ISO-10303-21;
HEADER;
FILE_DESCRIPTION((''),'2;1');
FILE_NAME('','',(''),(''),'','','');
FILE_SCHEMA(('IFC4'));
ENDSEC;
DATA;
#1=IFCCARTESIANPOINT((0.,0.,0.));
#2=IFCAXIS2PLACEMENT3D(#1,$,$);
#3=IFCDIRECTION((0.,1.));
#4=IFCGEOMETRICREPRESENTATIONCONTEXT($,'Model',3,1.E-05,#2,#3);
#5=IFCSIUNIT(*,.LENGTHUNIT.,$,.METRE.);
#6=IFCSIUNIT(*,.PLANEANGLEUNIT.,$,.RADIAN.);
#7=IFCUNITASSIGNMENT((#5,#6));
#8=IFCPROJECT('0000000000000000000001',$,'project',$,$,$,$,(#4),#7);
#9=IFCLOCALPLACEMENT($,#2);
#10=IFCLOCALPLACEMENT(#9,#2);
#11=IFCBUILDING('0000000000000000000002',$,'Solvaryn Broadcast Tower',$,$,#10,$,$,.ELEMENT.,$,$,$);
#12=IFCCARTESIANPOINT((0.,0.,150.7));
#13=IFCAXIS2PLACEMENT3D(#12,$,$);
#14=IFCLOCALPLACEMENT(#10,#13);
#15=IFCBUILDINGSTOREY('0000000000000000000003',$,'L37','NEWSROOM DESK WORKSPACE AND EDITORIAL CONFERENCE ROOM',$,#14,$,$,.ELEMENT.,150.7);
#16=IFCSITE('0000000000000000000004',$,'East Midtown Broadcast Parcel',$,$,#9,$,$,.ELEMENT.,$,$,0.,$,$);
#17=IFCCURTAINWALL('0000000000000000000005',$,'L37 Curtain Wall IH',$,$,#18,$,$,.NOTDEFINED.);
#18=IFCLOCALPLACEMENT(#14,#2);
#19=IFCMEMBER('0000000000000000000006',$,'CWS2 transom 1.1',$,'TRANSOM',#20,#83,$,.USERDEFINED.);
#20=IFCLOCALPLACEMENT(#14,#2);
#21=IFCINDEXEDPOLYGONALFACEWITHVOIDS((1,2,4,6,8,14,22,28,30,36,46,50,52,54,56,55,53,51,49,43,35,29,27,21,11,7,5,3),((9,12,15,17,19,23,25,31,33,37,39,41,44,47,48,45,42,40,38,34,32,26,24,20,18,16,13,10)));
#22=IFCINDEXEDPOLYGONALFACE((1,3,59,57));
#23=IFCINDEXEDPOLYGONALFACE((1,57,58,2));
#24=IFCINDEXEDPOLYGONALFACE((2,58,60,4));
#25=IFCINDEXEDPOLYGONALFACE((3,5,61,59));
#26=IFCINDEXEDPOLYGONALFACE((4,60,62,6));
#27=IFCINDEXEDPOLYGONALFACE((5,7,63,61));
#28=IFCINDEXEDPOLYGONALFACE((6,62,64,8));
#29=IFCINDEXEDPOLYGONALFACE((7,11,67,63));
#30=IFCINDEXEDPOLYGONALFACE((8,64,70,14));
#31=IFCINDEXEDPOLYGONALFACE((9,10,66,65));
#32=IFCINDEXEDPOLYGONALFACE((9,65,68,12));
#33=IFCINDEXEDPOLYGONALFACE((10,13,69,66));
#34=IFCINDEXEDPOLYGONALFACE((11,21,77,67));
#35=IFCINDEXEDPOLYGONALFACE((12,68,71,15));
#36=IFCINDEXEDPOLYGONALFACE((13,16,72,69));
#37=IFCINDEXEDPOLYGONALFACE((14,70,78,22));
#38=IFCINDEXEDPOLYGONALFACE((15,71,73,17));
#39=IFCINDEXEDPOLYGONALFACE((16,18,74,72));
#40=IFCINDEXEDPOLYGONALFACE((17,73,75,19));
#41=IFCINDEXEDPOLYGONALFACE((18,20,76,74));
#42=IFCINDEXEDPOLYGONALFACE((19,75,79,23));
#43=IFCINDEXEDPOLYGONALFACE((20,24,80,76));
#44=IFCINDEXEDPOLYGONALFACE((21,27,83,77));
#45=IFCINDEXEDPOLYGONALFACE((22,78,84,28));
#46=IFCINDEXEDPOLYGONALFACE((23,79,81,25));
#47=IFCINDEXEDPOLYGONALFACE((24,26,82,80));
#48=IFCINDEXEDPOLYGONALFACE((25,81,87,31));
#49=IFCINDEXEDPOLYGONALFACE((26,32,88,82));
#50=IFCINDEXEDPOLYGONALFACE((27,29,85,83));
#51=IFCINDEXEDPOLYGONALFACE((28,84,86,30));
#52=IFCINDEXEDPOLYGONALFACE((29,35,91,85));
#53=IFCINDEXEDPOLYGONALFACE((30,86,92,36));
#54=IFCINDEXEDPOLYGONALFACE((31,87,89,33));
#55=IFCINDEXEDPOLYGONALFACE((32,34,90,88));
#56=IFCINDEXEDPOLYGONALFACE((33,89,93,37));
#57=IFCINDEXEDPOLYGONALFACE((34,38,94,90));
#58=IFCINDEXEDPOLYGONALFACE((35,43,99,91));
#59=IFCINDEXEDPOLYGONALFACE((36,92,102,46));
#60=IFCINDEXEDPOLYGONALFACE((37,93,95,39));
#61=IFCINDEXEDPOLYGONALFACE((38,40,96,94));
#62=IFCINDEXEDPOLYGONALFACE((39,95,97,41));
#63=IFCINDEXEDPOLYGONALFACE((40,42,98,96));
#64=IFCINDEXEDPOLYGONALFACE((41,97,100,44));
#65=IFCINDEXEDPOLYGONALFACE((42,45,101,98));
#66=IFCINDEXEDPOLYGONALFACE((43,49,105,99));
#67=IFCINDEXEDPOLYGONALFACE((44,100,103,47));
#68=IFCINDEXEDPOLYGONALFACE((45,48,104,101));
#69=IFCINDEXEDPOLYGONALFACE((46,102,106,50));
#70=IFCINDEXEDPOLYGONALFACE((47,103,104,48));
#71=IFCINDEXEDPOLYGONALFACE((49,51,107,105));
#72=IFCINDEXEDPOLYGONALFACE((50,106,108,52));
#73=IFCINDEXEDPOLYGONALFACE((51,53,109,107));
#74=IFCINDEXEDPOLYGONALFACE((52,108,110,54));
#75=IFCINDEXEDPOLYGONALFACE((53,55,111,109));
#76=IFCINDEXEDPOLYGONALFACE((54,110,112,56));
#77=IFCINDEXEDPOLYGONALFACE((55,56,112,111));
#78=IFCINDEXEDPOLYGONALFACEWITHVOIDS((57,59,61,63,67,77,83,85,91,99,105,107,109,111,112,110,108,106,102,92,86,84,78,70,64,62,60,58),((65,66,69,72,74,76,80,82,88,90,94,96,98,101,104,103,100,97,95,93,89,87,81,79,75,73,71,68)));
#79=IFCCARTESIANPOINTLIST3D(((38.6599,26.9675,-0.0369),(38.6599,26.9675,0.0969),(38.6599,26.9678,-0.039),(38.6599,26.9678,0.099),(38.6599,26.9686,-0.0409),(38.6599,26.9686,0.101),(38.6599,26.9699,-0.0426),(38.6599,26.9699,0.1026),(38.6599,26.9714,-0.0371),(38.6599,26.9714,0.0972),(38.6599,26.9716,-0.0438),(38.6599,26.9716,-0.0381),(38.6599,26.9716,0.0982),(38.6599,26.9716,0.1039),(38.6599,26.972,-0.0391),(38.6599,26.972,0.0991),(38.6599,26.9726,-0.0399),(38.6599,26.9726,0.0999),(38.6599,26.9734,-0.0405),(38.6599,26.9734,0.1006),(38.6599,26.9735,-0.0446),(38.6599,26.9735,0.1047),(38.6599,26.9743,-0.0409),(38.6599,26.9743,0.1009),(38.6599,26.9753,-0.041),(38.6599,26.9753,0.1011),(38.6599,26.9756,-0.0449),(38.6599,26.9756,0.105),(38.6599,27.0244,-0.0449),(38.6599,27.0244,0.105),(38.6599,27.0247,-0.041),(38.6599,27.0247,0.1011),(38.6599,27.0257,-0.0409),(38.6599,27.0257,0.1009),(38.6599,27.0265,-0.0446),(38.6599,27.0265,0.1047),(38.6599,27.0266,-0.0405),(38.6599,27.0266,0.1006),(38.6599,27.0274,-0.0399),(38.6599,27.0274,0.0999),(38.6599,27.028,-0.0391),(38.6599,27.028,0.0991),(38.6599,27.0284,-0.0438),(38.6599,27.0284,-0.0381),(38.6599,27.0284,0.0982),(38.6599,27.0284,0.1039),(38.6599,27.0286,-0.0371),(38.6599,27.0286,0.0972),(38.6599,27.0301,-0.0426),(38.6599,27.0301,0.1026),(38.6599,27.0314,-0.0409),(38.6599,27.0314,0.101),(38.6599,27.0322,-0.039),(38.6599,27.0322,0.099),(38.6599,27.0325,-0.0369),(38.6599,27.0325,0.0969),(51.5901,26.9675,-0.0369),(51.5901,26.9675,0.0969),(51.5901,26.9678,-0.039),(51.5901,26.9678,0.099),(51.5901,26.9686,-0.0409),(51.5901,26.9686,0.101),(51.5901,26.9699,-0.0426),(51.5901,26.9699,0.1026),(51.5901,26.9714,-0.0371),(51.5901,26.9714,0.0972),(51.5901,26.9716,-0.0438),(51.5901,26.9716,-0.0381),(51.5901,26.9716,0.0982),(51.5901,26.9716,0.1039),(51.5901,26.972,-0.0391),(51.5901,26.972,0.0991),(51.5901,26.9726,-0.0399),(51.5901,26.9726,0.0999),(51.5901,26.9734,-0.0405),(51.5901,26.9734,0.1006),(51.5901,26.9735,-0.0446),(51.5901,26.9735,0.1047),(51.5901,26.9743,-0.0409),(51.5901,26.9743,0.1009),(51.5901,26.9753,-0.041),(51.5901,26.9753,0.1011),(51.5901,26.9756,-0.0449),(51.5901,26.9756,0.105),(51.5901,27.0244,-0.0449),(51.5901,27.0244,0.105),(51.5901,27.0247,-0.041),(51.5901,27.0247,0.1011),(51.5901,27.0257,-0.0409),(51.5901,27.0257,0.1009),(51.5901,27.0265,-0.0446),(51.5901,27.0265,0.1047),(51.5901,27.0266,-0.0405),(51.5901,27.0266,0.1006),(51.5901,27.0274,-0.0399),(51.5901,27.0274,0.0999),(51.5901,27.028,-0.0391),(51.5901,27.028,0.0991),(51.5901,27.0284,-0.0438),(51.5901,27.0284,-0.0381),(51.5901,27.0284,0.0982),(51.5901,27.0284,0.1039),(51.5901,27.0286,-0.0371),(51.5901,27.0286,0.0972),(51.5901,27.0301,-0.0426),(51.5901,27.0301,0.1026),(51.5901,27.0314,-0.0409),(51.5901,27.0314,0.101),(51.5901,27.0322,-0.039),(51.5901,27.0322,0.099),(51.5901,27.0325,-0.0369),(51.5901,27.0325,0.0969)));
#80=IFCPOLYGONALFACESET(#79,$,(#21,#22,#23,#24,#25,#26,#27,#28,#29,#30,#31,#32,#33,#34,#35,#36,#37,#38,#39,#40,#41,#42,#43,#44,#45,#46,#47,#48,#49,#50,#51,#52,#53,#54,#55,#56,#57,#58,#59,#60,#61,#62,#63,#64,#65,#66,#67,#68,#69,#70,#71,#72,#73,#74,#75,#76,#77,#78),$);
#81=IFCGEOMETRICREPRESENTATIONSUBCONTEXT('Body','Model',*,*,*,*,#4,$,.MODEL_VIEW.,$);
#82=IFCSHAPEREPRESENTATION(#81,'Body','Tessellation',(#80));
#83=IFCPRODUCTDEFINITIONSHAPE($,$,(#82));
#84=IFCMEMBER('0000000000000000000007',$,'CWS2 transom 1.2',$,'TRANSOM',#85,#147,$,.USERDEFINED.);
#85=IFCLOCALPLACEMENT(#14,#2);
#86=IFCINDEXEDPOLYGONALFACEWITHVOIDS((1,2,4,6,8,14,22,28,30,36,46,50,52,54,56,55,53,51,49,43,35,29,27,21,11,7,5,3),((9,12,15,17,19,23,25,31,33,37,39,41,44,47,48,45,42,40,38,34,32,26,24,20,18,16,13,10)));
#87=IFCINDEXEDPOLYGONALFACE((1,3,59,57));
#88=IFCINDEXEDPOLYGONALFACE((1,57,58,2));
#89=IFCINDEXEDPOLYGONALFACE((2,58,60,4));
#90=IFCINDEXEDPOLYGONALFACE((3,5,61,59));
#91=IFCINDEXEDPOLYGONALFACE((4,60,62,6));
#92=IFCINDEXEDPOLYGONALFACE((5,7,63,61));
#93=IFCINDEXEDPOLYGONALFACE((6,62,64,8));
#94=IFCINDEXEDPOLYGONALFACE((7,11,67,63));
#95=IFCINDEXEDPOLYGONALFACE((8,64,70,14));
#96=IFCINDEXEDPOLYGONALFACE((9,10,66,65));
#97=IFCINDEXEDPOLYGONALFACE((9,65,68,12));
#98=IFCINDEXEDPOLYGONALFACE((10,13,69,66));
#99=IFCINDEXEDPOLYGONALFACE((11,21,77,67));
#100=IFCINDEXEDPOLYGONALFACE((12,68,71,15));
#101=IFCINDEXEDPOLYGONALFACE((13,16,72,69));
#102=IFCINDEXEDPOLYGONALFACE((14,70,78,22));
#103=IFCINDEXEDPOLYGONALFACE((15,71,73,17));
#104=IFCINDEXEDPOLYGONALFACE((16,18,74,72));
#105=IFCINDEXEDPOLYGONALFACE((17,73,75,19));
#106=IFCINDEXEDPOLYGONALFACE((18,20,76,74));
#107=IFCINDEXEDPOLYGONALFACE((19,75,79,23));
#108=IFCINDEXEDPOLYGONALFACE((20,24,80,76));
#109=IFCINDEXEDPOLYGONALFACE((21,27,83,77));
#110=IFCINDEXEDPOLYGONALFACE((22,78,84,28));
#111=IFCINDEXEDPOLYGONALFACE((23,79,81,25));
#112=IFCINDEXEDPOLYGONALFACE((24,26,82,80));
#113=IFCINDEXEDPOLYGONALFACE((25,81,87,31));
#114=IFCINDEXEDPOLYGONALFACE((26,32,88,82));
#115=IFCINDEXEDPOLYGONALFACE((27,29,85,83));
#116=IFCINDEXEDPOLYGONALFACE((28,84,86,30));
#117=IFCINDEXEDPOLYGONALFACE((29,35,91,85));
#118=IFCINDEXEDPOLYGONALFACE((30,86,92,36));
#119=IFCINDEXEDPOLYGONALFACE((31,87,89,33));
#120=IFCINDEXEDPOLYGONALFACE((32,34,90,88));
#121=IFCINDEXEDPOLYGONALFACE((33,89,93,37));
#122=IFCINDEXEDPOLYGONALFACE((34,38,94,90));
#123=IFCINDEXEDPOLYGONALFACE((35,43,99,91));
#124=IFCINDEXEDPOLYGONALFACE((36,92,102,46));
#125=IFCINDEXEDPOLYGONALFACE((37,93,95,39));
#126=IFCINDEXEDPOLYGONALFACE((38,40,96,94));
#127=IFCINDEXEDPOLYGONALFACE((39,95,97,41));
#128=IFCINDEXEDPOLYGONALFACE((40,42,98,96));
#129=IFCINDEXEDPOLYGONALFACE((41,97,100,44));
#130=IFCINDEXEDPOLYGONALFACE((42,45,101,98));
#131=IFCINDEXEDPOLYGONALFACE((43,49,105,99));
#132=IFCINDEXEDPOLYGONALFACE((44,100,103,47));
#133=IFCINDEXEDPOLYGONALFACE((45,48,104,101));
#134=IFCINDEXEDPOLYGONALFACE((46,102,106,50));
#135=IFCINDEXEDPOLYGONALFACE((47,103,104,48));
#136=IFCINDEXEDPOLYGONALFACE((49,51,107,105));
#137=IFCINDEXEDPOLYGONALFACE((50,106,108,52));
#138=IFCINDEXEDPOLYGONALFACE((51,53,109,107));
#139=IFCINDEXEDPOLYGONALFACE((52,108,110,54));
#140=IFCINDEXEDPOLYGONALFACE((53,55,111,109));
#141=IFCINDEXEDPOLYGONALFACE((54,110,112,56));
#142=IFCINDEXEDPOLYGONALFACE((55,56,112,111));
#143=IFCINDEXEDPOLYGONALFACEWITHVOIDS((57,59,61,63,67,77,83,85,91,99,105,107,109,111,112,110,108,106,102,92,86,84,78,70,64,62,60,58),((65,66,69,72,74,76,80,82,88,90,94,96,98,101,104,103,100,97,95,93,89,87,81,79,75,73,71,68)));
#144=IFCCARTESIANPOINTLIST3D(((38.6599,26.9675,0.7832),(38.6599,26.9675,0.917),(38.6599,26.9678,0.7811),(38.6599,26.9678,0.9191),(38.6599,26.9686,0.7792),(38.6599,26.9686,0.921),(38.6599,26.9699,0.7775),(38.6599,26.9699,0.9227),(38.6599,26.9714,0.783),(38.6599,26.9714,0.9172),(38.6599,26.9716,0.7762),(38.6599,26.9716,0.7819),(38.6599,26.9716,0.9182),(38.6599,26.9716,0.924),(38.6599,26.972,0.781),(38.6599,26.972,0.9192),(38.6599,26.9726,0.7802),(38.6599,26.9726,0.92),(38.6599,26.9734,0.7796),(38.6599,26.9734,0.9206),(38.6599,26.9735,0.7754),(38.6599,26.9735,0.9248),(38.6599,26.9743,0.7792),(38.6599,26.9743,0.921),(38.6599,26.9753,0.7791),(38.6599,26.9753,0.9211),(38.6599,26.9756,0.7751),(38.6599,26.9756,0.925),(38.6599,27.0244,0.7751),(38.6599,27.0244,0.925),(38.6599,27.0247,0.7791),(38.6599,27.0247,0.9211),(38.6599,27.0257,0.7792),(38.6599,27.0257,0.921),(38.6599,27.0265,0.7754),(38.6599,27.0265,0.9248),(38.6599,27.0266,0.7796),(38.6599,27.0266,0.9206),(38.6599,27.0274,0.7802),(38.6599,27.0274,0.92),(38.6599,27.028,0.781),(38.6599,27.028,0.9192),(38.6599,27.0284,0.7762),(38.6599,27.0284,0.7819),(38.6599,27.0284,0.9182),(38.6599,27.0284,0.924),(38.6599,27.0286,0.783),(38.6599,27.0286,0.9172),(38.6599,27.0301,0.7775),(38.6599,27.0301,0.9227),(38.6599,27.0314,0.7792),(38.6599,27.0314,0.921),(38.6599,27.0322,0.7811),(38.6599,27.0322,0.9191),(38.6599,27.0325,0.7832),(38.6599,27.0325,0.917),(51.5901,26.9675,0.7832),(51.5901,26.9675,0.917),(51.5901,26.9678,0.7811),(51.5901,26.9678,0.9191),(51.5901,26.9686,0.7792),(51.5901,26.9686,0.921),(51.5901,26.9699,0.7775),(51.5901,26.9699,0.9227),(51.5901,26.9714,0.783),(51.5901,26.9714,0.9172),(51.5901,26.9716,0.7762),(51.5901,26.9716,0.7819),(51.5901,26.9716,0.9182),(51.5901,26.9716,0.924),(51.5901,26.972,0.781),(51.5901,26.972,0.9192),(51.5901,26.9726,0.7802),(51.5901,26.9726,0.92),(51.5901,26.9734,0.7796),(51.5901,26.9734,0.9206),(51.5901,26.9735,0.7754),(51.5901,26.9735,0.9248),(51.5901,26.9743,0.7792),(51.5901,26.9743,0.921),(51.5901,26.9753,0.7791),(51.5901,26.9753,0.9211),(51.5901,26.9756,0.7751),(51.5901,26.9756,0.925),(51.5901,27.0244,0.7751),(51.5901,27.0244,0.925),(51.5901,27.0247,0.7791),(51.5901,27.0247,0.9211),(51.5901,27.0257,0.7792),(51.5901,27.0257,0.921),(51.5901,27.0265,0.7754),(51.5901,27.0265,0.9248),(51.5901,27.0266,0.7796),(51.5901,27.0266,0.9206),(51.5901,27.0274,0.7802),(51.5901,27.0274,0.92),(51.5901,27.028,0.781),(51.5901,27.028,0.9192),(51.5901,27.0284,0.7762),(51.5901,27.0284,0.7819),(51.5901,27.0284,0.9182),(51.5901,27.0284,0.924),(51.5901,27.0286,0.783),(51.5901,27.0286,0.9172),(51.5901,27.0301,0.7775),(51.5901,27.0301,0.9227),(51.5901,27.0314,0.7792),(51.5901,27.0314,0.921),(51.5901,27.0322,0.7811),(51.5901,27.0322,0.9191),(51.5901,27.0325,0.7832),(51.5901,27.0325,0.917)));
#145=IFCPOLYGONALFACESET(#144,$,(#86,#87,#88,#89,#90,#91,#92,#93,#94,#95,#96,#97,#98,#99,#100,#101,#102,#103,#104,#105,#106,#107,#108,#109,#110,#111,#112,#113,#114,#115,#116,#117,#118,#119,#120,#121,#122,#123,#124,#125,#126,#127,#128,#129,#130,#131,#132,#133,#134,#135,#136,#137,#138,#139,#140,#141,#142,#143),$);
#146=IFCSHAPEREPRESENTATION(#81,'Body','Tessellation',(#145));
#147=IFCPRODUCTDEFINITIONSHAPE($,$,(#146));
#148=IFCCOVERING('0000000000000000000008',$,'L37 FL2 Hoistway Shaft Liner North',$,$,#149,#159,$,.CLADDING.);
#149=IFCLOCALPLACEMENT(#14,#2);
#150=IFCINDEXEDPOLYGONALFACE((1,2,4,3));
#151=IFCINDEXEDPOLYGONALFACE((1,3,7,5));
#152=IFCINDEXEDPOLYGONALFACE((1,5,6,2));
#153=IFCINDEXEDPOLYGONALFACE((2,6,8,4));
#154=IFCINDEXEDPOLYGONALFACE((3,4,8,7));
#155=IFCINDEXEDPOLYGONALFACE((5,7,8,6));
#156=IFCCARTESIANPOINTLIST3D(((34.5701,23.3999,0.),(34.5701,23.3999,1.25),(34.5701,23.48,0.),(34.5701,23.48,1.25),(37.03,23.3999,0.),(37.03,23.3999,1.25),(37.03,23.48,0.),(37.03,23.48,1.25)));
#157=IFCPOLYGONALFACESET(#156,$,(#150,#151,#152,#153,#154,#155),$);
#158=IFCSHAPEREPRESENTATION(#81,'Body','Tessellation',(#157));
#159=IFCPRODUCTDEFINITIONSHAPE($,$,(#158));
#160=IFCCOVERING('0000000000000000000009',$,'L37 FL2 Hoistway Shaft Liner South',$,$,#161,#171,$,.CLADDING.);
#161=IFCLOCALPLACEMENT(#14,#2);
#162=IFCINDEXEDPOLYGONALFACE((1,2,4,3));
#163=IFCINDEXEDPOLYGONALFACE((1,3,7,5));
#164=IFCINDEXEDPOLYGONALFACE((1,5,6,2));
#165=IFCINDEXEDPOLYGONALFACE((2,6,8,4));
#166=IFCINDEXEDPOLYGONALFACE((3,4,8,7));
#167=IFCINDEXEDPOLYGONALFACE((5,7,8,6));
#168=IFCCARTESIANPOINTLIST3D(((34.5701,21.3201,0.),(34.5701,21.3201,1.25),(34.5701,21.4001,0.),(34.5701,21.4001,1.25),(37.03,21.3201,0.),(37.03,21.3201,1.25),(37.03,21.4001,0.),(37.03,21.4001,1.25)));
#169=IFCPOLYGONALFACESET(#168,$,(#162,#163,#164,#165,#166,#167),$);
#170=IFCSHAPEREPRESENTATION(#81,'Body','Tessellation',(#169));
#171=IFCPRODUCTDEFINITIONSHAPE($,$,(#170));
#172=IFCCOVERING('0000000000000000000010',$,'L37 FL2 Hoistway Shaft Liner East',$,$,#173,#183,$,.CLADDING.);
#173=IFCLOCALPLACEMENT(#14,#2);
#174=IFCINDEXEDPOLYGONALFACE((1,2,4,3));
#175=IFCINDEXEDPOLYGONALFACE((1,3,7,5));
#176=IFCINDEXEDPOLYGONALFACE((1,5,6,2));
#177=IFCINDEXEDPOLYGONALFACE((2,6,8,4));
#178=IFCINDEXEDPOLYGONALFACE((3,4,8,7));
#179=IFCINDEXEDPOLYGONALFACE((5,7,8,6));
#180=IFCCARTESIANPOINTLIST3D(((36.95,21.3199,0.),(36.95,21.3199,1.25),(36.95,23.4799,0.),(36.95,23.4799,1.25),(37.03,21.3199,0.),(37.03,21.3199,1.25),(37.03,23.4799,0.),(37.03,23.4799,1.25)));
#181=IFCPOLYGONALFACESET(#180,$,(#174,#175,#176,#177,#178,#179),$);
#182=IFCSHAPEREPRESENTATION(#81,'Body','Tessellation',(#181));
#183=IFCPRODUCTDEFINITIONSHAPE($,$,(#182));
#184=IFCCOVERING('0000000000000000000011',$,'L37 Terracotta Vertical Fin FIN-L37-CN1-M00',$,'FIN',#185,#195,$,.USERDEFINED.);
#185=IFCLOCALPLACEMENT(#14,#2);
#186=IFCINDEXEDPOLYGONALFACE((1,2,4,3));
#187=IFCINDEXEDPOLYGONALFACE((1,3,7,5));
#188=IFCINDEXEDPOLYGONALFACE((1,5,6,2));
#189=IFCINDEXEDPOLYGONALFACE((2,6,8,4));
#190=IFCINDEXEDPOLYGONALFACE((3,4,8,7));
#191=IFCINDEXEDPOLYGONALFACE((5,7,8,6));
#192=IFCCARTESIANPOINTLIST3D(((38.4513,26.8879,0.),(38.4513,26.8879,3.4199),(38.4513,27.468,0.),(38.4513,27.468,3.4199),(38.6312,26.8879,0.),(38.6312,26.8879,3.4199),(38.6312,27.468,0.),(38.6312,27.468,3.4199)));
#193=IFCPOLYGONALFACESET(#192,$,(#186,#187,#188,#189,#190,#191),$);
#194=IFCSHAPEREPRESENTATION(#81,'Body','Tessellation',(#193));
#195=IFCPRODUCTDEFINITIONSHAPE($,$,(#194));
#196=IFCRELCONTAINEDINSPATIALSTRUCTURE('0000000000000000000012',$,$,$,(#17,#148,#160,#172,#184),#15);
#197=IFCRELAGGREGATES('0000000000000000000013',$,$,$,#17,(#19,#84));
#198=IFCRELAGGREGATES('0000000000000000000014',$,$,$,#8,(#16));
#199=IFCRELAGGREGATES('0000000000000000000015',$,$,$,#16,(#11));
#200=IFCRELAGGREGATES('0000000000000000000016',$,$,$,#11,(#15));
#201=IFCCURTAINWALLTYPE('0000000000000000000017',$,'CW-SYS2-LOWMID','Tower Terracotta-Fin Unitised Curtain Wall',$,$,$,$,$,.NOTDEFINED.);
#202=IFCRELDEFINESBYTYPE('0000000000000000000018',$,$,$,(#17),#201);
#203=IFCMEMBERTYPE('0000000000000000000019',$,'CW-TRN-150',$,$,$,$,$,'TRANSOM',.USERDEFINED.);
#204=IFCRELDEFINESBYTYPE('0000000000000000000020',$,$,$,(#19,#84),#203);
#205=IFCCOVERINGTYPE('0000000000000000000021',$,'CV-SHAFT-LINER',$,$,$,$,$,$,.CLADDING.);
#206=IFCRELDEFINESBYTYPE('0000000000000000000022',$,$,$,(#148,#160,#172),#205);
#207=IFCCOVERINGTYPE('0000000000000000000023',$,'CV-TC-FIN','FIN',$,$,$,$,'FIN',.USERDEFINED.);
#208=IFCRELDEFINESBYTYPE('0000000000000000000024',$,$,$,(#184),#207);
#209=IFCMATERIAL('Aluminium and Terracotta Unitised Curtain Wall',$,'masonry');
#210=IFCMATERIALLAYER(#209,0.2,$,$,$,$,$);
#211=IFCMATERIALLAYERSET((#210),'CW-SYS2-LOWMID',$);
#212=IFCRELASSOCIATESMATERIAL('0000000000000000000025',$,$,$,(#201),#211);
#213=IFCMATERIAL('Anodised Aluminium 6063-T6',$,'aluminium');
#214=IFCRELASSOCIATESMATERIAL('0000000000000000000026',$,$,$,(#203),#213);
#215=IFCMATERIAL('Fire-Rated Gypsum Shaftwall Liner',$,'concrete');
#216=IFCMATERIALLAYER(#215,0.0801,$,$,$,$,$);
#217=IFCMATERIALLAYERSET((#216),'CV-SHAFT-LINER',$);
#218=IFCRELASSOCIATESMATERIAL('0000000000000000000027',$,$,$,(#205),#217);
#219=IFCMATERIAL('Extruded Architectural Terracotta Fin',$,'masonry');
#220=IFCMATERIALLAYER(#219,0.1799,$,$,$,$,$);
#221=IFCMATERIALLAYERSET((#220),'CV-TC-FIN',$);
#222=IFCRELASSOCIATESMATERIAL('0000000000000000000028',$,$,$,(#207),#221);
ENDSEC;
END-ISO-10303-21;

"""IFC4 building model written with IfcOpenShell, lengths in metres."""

from ifc_helpers import new_model, si_unit, direction, frame, origin, origin_2d, place, context, subcontext, project, spatial, rectangle, hollow_rectangle, extrude, material, layer, layer_set, material_profile, profile_set, type_object, element, aggregate, save


model = new_model("IFC4")

# Units and contexts
model_context = context("Model", 3, precision=1e-05, world=origin(), true_north=direction((0.0, 1.0)))
body_context = subcontext(model_context, "Body", "Model", "MODEL_VIEW")
ifc_project = project(units=[si_unit("LENGTHUNIT", "METRE"), si_unit("PLANEANGLEUNIT", "RADIAN")], contexts=[model_context])

# Site, building, storey
site_placement = place(None, origin())
site = spatial("IfcSite", under=ifc_project, at=site_placement, Name="East Midtown Broadcast Parcel", CompositionType="ELEMENT", RefElevation=0.0)
building_placement = place(site_placement, origin())
building = spatial("IfcBuilding", under=site, at=building_placement, Name="Solvaryn Broadcast Tower", CompositionType="ELEMENT")
storey_placement = place(building_placement, frame((0.0, 0.0, 150.7)))
storey = spatial("IfcBuildingStorey", under=building, at=storey_placement, Name="L37", Description="NEWSROOM DESK WORKSPACE AND EDITORIAL CONFERENCE ROOM", CompositionType="ELEMENT", Elevation=150.7)

# Curtain wall
ifc_material_1 = material(Name="Aluminium and Terracotta Unitised Curtain Wall", Category="masonry")
ifc_layer_1 = layer(ifc_material_1, 0.2)
ifc_layer_set_1 = layer_set([ifc_layer_1], Name="CW-SYS2-LOWMID")
curtain_wall_type = type_object("IfcCurtainWallType", Name="CW-SYS2-LOWMID", Description="Tower Terracotta-Fin Unitised Curtain Wall", PredefinedType="NOTDEFINED", material=ifc_layer_set_1)
curtain_wall_1_placement = place(storey_placement, origin())
curtain_wall_1 = element("IfcCurtainWall", 1, at=curtain_wall_1_placement, inside=storey, type_object=curtain_wall_type, Name="L37 Curtain Wall IH", PredefinedType="NOTDEFINED")

# Members
ifc_material_2 = material(Name="Anodised Aluminium 6063-T6", Category="aluminium")
ifc_material_profile_1 = material_profile(ifc_material_2, hollow_rectangle(XDim=0.0649, YDim=0.1499, WallThickness=0.0039, InnerFilletRadius=0.0039, OuterFilletRadius=0.0081, at=origin_2d()))
ifc_profile_set_1 = profile_set([ifc_material_profile_1], Name="Anodised Aluminium 6063-T6")
member_type_1 = type_object("IfcMemberType", Name="CW-TRN-150", ElementType="TRANSOM", PredefinedType="USERDEFINED", material=ifc_profile_set_1)
member_1_placement = place(storey_placement, frame((38.6599, 27.0, 0.03), z_axis=(1.0, 0.0, 0.0), x_axis=(0.0, 1.0, 0.0)))
member_1 = element("IfcMember", 2, at=member_1_placement, type_object=member_type_1, Name="CWS2 transom 1.1", ObjectType="TRANSOM", PredefinedType="USERDEFINED", context=body_context, shape_type="SweptSolid", body=[
    extrude(hollow_rectangle(XDim=0.0649, YDim=0.1499, WallThickness=0.0039, InnerFilletRadius=0.0039, OuterFilletRadius=0.0081, at=origin_2d()), origin(), (0.0, 0.0, 1.0), 12.9302),
])
member_2_placement = place(storey_placement, frame((38.6599, 27.0, 0.8501), z_axis=(1.0, 0.0, 0.0), x_axis=(0.0, 1.0, 0.0)))
member_2 = element("IfcMember", 3, at=member_2_placement, type_object=member_type_1, Name="CWS2 transom 1.2", ObjectType="TRANSOM", PredefinedType="USERDEFINED", context=body_context, shape_type="SweptSolid", body=[
    extrude(hollow_rectangle(XDim=0.0649, YDim=0.1499, WallThickness=0.0039, InnerFilletRadius=0.0039, OuterFilletRadius=0.0081, at=origin_2d()), origin(), (0.0, 0.0, 1.0), 12.9302),
])
aggregate(curtain_wall_1, [member_1, member_2])

# Coverings
ifc_material_3 = material(Name="Fire-Rated Gypsum Shaftwall Liner", Category="concrete")
ifc_layer_2 = layer(ifc_material_3, 0.0801)
ifc_layer_set_2 = layer_set([ifc_layer_2], Name="CV-SHAFT-LINER")
covering_type_1 = type_object("IfcCoveringType", Name="CV-SHAFT-LINER", PredefinedType="CLADDING", material=ifc_layer_set_2)
for number, where, z_axis, x_axis, name in (
    (4, (35.8, 23.4399, 0.0), (0.0, 0.0, 1.0), (1.0, 0.0, 0.0), "L37 FL2 Hoistway Shaft Liner North"),
    (5, (35.8, 21.3601, 0.0), (0.0, 0.0, 1.0), (1.0, 0.0, 0.0), "L37 FL2 Hoistway Shaft Liner South"),
):
    element("IfcCovering", number, at=place(storey_placement, frame(where, z_axis=z_axis, x_axis=x_axis)), inside=storey, type_object=covering_type_1, Name=name, PredefinedType="CLADDING", context=body_context, shape_type="SweptSolid", body=[
        extrude(rectangle(XDim=2.46, YDim=0.0801, at=origin_2d()), origin(), (0.0, 0.0, 1.0), 1.25),
    ])
covering_placement = place(storey_placement, frame((36.99, 22.3999, 0.0), z_axis=(0.0, 0.0, 1.0), x_axis=(1.0, 0.0, 0.0)))
element("IfcCovering", 6, at=covering_placement, inside=storey, type_object=covering_type_1, Name="L37 FL2 Hoistway Shaft Liner East", PredefinedType="CLADDING", context=body_context, shape_type="SweptSolid", body=[
    extrude(rectangle(XDim=0.0801, YDim=2.1599, at=origin_2d()), origin(), (0.0, 0.0, 1.0), 1.25),
])
ifc_material_4 = material(Name="Extruded Architectural Terracotta Fin", Category="masonry")
ifc_layer_3 = layer(ifc_material_4, 0.1799)
ifc_layer_set_3 = layer_set([ifc_layer_3], Name="CV-TC-FIN")
covering_type_2 = type_object("IfcCoveringType", Name="CV-TC-FIN", Description="FIN", ElementType="FIN", PredefinedType="USERDEFINED", material=ifc_layer_set_3)
for number, where, z_axis, x_axis, name in (
    (7, (38.5413, 27.178, 0.0), (0.0, 0.0, 1.0), (1.0, 0.0, 0.0), "L37 Terracotta Vertical Fin FIN-L37-CN1-M00"),
):
    element("IfcCovering", number, at=place(storey_placement, frame(where, z_axis=z_axis, x_axis=x_axis)), inside=storey, type_object=covering_type_2, Name=name, ObjectType="FIN", PredefinedType="USERDEFINED", context=body_context, shape_type="SweptSolid", body=[
        extrude(rectangle(XDim=0.1799, YDim=0.5801, at=origin_2d()), origin(), (0.0, 0.0, 1.0), 3.4199),
    ])

save(model, "model.ifc")
